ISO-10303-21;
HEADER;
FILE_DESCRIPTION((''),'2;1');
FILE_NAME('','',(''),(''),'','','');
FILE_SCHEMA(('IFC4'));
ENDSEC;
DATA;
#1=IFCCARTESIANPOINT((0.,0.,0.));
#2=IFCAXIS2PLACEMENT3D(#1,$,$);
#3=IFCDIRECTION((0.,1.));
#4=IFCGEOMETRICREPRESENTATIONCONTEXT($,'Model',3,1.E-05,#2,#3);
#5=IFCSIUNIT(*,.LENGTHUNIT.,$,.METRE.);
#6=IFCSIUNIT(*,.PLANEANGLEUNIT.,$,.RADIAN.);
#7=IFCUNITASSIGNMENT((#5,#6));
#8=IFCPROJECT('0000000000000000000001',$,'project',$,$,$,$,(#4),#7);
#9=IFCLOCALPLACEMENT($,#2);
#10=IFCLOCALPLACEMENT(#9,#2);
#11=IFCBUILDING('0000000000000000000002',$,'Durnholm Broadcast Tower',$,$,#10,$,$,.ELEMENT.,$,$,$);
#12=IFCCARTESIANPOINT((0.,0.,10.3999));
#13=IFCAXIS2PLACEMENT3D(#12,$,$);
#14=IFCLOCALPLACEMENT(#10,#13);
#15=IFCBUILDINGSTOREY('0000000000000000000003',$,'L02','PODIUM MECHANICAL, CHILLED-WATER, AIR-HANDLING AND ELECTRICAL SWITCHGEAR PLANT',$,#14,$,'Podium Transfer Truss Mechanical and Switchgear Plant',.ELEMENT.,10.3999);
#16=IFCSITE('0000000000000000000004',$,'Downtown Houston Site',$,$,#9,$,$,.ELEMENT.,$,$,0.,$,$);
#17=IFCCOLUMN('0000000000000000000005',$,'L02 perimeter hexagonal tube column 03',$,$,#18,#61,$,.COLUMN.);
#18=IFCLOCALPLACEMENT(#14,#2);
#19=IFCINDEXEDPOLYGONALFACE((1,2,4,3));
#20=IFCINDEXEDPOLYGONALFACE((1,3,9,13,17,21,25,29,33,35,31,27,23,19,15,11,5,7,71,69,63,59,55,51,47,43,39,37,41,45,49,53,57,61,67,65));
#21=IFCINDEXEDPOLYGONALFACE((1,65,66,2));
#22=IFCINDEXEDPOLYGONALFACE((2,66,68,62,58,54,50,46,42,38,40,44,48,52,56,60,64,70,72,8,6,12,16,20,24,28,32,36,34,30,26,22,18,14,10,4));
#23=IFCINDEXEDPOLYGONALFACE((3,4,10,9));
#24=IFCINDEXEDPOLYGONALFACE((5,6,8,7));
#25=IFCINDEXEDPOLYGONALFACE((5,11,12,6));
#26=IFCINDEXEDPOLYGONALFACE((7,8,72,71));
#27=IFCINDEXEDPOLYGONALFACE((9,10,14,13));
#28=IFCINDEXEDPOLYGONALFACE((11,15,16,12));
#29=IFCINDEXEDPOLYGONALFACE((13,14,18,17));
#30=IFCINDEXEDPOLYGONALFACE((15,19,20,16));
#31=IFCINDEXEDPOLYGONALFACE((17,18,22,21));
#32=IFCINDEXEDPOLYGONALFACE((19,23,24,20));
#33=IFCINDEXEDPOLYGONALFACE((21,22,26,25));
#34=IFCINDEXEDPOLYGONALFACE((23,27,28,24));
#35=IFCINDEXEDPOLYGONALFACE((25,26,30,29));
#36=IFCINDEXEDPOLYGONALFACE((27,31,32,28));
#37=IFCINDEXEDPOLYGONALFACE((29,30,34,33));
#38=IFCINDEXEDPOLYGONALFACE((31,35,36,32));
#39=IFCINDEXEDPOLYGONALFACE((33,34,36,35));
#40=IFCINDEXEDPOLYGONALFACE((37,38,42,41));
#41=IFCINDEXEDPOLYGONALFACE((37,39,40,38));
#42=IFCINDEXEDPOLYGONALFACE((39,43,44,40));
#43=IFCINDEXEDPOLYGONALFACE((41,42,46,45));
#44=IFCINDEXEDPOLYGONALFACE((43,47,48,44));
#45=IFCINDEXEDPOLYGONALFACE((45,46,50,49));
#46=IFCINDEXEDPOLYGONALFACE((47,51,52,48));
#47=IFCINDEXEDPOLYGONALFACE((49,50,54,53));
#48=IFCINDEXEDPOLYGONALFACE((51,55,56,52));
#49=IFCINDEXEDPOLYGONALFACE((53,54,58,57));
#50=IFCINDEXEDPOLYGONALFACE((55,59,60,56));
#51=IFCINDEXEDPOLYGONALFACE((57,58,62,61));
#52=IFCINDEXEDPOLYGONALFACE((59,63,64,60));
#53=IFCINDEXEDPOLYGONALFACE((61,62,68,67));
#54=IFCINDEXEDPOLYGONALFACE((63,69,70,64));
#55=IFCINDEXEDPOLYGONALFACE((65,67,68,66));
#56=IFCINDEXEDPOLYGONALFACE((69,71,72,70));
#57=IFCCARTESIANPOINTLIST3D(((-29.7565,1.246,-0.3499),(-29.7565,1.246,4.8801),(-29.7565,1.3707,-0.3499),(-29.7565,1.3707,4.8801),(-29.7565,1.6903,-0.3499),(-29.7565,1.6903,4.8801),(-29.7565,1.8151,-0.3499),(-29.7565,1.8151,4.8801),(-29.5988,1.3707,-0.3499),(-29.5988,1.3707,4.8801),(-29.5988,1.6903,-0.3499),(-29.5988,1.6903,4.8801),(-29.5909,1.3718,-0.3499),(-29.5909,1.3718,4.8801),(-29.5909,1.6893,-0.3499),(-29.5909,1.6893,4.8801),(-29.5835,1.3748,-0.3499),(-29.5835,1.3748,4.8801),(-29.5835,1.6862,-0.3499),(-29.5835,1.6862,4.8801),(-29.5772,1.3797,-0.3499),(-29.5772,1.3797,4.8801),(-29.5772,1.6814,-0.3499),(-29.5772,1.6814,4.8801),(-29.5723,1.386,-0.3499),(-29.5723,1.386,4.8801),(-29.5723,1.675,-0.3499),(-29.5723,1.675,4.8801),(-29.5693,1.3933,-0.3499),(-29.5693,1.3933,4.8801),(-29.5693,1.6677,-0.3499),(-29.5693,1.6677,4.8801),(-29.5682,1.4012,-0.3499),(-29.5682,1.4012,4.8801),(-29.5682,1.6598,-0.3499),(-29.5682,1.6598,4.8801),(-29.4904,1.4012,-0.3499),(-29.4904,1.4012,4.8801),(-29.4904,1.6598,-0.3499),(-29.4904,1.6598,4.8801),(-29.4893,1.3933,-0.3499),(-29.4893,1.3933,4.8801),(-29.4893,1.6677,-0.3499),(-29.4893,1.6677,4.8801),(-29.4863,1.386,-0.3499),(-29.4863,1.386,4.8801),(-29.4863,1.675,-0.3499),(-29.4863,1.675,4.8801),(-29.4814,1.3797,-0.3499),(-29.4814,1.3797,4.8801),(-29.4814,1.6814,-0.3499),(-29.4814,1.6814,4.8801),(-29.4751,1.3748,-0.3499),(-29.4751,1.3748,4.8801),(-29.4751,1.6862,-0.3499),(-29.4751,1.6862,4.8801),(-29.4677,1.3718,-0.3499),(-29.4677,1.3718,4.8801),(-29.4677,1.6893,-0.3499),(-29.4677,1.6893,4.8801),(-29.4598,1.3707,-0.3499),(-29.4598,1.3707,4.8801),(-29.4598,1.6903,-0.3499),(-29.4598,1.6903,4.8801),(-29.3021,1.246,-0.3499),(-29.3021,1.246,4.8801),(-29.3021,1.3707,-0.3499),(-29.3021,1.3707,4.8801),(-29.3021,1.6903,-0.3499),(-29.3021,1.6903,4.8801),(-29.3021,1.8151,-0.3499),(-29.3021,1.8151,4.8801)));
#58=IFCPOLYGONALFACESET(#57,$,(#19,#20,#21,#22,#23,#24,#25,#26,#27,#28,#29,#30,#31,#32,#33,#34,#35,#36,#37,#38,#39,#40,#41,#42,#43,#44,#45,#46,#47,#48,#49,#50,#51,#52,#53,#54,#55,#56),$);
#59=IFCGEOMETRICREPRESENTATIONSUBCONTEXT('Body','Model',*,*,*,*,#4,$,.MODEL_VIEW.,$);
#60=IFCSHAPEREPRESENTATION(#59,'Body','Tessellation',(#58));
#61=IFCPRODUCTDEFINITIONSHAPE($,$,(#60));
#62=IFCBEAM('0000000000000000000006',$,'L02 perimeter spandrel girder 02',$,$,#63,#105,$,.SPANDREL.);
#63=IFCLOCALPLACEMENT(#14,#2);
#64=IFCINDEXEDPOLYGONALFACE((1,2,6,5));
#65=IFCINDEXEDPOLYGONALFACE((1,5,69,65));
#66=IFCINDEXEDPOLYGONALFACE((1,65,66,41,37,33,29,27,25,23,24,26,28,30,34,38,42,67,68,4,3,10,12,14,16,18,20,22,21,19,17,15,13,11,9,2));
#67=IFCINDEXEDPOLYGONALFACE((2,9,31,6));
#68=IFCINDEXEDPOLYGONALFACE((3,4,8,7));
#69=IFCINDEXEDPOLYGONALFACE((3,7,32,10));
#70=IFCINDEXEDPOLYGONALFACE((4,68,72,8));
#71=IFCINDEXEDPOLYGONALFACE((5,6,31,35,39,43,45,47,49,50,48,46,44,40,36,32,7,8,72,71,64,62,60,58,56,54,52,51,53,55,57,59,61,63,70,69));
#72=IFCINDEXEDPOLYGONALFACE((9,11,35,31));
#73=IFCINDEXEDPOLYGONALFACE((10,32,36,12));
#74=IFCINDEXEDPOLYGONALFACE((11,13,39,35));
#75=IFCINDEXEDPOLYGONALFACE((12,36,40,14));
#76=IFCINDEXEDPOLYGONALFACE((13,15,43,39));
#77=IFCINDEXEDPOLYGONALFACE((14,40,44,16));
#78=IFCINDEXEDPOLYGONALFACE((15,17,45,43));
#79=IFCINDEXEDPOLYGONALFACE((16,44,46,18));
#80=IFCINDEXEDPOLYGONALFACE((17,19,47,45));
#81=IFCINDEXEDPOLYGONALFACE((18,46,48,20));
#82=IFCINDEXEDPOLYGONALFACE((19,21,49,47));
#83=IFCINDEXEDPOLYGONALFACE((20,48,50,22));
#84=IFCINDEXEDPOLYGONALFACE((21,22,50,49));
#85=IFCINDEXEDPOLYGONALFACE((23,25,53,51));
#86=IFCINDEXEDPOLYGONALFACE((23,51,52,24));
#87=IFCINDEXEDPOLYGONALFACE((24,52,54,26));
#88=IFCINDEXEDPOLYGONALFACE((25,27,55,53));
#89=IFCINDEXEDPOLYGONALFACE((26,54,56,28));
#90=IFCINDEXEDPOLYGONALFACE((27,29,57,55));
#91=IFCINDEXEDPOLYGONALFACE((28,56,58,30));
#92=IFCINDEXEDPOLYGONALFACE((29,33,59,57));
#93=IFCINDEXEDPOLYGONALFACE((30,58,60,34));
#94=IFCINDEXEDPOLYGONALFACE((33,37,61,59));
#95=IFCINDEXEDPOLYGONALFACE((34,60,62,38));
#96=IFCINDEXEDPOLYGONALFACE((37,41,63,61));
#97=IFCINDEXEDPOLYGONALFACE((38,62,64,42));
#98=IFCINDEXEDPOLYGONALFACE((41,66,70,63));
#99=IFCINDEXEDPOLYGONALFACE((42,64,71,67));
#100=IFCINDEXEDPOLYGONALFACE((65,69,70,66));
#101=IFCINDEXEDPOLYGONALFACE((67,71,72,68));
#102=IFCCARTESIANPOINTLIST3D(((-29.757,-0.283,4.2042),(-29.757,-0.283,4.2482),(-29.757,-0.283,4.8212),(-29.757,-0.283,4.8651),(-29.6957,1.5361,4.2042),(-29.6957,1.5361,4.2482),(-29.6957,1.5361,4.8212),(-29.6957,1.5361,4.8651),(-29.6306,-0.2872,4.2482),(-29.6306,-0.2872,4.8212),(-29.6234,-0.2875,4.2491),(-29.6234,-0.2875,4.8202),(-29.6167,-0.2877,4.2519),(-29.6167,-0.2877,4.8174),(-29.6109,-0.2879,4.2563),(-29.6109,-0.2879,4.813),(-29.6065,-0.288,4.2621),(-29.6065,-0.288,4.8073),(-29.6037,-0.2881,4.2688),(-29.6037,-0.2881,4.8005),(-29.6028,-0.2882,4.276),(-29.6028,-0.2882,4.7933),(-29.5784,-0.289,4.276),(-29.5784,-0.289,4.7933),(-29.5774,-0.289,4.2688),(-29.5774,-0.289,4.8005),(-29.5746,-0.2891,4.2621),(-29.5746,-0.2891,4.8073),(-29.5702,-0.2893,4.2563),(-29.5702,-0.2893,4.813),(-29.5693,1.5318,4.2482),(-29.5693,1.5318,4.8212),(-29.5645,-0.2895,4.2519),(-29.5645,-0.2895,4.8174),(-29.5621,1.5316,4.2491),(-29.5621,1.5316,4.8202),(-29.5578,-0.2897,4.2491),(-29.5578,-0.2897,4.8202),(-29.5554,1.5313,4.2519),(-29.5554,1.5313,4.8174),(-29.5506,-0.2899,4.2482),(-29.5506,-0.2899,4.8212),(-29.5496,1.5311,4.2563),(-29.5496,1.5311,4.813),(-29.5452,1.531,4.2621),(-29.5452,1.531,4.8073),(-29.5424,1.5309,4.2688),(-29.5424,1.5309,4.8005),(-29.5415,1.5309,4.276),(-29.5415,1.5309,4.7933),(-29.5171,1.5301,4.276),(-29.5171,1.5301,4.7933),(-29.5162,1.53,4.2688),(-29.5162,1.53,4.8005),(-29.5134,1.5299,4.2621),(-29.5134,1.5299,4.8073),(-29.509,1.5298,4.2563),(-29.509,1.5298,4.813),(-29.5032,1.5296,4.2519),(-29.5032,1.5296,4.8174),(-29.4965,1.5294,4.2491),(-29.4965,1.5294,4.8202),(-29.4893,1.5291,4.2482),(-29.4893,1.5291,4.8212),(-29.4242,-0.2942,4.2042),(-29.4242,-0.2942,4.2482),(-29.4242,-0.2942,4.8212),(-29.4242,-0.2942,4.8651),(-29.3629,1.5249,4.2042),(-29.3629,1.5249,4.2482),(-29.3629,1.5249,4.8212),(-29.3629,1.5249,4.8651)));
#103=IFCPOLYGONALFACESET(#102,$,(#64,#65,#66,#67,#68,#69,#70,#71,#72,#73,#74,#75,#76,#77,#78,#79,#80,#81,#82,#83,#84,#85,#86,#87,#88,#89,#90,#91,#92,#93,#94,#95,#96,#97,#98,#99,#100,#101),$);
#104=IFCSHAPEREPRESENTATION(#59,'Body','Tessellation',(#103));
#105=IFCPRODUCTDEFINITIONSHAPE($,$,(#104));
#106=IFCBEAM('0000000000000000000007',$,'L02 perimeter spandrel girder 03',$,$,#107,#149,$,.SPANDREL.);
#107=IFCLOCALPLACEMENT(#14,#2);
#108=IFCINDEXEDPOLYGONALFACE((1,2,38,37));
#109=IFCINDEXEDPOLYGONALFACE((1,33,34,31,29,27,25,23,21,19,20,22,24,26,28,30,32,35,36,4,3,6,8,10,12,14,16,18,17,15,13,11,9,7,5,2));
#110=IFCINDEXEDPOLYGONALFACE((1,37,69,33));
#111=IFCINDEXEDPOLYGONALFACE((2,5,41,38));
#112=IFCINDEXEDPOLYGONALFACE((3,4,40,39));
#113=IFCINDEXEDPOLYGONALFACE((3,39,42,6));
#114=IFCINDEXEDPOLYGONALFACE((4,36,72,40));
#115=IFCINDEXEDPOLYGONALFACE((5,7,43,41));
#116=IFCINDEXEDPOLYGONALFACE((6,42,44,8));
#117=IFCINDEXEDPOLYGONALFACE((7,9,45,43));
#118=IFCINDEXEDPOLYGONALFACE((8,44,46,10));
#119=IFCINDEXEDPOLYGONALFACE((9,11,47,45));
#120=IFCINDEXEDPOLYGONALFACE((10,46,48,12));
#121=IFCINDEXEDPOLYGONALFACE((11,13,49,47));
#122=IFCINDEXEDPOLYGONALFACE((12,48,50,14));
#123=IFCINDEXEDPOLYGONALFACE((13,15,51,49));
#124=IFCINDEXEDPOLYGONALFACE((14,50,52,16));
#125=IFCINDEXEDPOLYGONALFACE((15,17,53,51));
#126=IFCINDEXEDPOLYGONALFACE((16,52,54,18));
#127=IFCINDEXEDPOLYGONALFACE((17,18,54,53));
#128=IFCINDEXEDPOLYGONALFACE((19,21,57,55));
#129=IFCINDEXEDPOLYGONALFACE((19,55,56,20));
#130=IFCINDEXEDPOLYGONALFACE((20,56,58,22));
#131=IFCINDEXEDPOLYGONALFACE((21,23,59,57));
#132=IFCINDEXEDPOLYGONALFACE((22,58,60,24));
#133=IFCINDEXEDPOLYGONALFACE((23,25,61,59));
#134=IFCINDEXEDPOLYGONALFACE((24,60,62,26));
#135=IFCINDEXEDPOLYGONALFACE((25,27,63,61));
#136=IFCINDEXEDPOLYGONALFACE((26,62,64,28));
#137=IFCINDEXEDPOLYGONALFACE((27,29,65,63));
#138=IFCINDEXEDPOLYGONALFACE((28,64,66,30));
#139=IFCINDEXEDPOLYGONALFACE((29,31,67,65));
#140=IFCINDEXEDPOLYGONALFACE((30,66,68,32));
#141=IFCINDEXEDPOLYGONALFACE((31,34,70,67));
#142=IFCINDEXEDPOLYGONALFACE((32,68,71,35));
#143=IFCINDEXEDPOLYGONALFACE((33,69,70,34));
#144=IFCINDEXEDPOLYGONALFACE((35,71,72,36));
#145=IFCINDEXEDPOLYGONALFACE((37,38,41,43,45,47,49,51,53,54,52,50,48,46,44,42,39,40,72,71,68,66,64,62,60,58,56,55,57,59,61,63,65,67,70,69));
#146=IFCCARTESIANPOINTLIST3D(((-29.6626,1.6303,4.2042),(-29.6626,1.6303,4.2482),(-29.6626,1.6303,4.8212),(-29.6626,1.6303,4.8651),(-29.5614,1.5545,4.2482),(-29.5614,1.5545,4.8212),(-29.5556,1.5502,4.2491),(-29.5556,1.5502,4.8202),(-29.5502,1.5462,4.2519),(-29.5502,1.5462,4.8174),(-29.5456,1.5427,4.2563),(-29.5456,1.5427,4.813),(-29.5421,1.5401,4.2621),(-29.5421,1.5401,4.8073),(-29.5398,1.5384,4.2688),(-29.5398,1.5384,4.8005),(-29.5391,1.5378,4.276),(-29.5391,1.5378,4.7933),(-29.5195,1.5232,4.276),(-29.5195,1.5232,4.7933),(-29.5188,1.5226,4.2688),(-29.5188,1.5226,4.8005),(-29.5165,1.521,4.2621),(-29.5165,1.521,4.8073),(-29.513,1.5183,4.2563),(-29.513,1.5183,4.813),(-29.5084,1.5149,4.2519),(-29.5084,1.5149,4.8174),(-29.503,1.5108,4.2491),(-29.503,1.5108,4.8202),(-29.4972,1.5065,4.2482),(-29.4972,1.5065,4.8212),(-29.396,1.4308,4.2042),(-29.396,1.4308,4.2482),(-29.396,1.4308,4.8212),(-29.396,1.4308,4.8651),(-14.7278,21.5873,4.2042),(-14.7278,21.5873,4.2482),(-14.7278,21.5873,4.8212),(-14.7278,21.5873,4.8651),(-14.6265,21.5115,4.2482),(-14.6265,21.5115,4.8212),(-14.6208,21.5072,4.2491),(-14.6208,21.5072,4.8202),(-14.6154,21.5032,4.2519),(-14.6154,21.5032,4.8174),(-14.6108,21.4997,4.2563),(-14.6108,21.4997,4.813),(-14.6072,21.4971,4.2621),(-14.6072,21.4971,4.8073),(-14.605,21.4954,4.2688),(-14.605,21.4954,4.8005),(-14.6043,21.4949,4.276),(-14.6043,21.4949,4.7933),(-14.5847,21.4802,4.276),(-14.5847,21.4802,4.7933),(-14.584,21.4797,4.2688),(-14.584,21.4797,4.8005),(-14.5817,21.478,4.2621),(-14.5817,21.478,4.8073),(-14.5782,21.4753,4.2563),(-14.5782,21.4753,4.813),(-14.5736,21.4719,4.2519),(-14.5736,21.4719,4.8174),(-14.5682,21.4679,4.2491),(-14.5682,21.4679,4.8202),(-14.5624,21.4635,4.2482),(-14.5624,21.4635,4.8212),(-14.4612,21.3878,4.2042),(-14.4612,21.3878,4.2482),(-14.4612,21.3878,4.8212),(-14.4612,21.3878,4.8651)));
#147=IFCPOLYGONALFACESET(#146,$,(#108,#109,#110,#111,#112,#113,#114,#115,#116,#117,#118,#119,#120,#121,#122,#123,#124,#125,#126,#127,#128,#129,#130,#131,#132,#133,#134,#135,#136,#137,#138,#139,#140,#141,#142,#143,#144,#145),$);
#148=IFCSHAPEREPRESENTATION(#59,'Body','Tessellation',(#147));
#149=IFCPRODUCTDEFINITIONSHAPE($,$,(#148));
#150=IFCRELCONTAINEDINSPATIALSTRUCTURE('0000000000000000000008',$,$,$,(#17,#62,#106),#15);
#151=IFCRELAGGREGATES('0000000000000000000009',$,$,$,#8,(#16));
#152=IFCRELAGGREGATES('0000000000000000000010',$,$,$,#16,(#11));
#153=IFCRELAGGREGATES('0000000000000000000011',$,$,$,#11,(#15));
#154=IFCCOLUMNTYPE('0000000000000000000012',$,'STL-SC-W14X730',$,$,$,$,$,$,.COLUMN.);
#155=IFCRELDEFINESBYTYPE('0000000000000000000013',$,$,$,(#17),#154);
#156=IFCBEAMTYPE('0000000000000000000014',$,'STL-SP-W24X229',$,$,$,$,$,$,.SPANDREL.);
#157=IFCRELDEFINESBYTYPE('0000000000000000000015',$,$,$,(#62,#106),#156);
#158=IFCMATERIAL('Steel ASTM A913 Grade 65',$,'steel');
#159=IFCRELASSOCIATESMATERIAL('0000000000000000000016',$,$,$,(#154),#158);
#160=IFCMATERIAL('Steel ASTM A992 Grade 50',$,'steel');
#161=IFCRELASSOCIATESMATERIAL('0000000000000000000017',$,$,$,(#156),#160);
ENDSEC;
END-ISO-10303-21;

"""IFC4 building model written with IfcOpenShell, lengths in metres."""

from ifc_helpers import new_model, si_unit, direction, frame, origin, origin_2d, place, context, subcontext, project, spatial, i_section, extrude, source, transform, mapped, material, material_profile, profile_set, type_object, type_shapes, element, save


model = new_model("IFC4")

# Units and contexts
model_context = context("Model", 3, precision=1e-05, world=origin(), true_north=direction((0.0, 1.0)))
body_context = subcontext(model_context, "Body", "Model", "MODEL_VIEW")
ifc_project = project(units=[si_unit("LENGTHUNIT", "METRE"), si_unit("PLANEANGLEUNIT", "RADIAN")], contexts=[model_context])

# Site, building, storey
site_placement = place(None, origin())
site = spatial("IfcSite", under=ifc_project, at=site_placement, Name="Downtown Houston Site", CompositionType="ELEMENT", RefElevation=0.0)
building_placement = place(site_placement, origin())
building = spatial("IfcBuilding", under=site, at=building_placement, Name="Durnholm Broadcast Tower", CompositionType="ELEMENT")
storey_placement = place(building_placement, frame((0.0, 0.0, 10.3999)))
storey = spatial("IfcBuildingStorey", under=building, at=storey_placement, Name="L02", Description="PODIUM MECHANICAL, CHILLED-WATER, AIR-HANDLING AND ELECTRICAL SWITCHGEAR PLANT", LongName="Podium Transfer Truss Mechanical and Switchgear Plant", CompositionType="ELEMENT", Elevation=10.3999)

# Column
ifc_material_1 = material(Name="Steel ASTM A913 Grade 65", Category="steel")
ifc_material_profile_1 = material_profile(ifc_material_1, i_section(OverallWidth=0.4543, OverallDepth=0.5691, WebThickness=0.0779, FlangeThickness=0.1248, FilletRadius=0.0305, at=origin_2d()), Name="W14X730")
ifc_profile_set_1 = profile_set([ifc_material_profile_1], Name="Steel ASTM A913 Grade 65")
column_type = type_object("IfcColumnType", Name="STL-SC-W14X730", PredefinedType="COLUMN", material=ifc_profile_set_1)
shared_shape_1 = source(origin(), body_context, "Body", "SweptSolid", [
    extrude(i_section(OverallWidth=0.4543, OverallDepth=0.5691, WebThickness=0.0779, FlangeThickness=0.1248, FilletRadius=0.0305, at=origin_2d()), origin(), (0.0, 0.0, 1.0), 5.23),
])
type_shapes(column_type, [shared_shape_1])
column_placement = place(storey_placement, frame((-29.5293, 1.5305, -0.3499), z_axis=(0.0, 0.0, 1.0), x_axis=(1.0, 0.0, 0.0)))
element("IfcColumn", 1, at=column_placement, inside=storey, type_object=column_type, Name="L02 perimeter hexagonal tube column 03", PredefinedType="COLUMN", context=body_context, shape_type="MappedRepresentation", body=[
    mapped(shared_shape_1, transform((0.0, 0.0, 0.0), x_axis=(1.0, 0.0, 0.0), y_axis=(0.0, 1.0, 0.0), z_axis=(0.0, 0.0, 1.0), scale=1.0)),
])

# Beams
ifc_material_2 = material(Name="Steel ASTM A992 Grade 50", Category="steel")
ifc_material_profile_2 = material_profile(ifc_material_2, i_section(OverallWidth=0.333, OverallDepth=0.6609, WebThickness=0.0244, FlangeThickness=0.0439, FilletRadius=0.0278, at=origin_2d()), Name="W24X229")
ifc_profile_set_2 = profile_set([ifc_material_profile_2], Name="Steel ASTM A992 Grade 50")
beam_type_1 = type_object("IfcBeamType", Name="STL-SP-W24X229", PredefinedType="SPANDREL", material=ifc_profile_set_2)
shared_shape_2 = source(origin(), body_context, "Body", "SweptSolid", [
    extrude(i_section(OverallWidth=0.333, OverallDepth=0.6609, WebThickness=0.0244, FlangeThickness=0.0439, FilletRadius=0.0278, at=origin_2d()), origin(), (0.0, 0.0, 1.0), 1.8201),
])
beam_1_placement = place(storey_placement, frame((-29.5906, -0.2886, 4.5347), z_axis=(0.033668, 0.999433, 0.0), x_axis=(-0.999433, 0.033668, 0.0)))
element("IfcBeam", 2, at=beam_1_placement, inside=storey, type_object=beam_type_1, Name="L02 perimeter spandrel girder 02", PredefinedType="SPANDREL", context=body_context, shape_type="MappedRepresentation", body=[
    mapped(shared_shape_2, transform((0.0, 0.0, 0.0), x_axis=(1.0, 0.0, 0.0), y_axis=(0.0, 1.0, 0.0), z_axis=(0.0, 0.0, 1.0), scale=1.0)),
])
shared_shape_3 = source(origin(), body_context, "Body", "SweptSolid", [
    extrude(i_section(OverallWidth=0.333, OverallDepth=0.6609, WebThickness=0.0244, FlangeThickness=0.0439, FilletRadius=0.0278, at=origin_2d()), origin(), (0.0, 0.0, 1.0), 24.9265),
])
type_shapes(beam_type_1, [shared_shape_2, shared_shape_3])
beam_2_placement = place(storey_placement, frame((-29.5293, 1.5305, 4.5347), z_axis=(0.599153, 0.800634, 0.0), x_axis=(-0.800634, 0.599153, 0.0)))
element("IfcBeam", 3, at=beam_2_placement, inside=storey, type_object=beam_type_1, Name="L02 perimeter spandrel girder 03", PredefinedType="SPANDREL", context=body_context, shape_type="MappedRepresentation", body=[
    mapped(shared_shape_3, transform((0.0, 0.0, 0.0), x_axis=(1.0, 0.0, 0.0), y_axis=(0.0, 1.0, 0.0), z_axis=(0.0, 0.0, 1.0), scale=1.0)),
])

save(model, "model.ifc")
